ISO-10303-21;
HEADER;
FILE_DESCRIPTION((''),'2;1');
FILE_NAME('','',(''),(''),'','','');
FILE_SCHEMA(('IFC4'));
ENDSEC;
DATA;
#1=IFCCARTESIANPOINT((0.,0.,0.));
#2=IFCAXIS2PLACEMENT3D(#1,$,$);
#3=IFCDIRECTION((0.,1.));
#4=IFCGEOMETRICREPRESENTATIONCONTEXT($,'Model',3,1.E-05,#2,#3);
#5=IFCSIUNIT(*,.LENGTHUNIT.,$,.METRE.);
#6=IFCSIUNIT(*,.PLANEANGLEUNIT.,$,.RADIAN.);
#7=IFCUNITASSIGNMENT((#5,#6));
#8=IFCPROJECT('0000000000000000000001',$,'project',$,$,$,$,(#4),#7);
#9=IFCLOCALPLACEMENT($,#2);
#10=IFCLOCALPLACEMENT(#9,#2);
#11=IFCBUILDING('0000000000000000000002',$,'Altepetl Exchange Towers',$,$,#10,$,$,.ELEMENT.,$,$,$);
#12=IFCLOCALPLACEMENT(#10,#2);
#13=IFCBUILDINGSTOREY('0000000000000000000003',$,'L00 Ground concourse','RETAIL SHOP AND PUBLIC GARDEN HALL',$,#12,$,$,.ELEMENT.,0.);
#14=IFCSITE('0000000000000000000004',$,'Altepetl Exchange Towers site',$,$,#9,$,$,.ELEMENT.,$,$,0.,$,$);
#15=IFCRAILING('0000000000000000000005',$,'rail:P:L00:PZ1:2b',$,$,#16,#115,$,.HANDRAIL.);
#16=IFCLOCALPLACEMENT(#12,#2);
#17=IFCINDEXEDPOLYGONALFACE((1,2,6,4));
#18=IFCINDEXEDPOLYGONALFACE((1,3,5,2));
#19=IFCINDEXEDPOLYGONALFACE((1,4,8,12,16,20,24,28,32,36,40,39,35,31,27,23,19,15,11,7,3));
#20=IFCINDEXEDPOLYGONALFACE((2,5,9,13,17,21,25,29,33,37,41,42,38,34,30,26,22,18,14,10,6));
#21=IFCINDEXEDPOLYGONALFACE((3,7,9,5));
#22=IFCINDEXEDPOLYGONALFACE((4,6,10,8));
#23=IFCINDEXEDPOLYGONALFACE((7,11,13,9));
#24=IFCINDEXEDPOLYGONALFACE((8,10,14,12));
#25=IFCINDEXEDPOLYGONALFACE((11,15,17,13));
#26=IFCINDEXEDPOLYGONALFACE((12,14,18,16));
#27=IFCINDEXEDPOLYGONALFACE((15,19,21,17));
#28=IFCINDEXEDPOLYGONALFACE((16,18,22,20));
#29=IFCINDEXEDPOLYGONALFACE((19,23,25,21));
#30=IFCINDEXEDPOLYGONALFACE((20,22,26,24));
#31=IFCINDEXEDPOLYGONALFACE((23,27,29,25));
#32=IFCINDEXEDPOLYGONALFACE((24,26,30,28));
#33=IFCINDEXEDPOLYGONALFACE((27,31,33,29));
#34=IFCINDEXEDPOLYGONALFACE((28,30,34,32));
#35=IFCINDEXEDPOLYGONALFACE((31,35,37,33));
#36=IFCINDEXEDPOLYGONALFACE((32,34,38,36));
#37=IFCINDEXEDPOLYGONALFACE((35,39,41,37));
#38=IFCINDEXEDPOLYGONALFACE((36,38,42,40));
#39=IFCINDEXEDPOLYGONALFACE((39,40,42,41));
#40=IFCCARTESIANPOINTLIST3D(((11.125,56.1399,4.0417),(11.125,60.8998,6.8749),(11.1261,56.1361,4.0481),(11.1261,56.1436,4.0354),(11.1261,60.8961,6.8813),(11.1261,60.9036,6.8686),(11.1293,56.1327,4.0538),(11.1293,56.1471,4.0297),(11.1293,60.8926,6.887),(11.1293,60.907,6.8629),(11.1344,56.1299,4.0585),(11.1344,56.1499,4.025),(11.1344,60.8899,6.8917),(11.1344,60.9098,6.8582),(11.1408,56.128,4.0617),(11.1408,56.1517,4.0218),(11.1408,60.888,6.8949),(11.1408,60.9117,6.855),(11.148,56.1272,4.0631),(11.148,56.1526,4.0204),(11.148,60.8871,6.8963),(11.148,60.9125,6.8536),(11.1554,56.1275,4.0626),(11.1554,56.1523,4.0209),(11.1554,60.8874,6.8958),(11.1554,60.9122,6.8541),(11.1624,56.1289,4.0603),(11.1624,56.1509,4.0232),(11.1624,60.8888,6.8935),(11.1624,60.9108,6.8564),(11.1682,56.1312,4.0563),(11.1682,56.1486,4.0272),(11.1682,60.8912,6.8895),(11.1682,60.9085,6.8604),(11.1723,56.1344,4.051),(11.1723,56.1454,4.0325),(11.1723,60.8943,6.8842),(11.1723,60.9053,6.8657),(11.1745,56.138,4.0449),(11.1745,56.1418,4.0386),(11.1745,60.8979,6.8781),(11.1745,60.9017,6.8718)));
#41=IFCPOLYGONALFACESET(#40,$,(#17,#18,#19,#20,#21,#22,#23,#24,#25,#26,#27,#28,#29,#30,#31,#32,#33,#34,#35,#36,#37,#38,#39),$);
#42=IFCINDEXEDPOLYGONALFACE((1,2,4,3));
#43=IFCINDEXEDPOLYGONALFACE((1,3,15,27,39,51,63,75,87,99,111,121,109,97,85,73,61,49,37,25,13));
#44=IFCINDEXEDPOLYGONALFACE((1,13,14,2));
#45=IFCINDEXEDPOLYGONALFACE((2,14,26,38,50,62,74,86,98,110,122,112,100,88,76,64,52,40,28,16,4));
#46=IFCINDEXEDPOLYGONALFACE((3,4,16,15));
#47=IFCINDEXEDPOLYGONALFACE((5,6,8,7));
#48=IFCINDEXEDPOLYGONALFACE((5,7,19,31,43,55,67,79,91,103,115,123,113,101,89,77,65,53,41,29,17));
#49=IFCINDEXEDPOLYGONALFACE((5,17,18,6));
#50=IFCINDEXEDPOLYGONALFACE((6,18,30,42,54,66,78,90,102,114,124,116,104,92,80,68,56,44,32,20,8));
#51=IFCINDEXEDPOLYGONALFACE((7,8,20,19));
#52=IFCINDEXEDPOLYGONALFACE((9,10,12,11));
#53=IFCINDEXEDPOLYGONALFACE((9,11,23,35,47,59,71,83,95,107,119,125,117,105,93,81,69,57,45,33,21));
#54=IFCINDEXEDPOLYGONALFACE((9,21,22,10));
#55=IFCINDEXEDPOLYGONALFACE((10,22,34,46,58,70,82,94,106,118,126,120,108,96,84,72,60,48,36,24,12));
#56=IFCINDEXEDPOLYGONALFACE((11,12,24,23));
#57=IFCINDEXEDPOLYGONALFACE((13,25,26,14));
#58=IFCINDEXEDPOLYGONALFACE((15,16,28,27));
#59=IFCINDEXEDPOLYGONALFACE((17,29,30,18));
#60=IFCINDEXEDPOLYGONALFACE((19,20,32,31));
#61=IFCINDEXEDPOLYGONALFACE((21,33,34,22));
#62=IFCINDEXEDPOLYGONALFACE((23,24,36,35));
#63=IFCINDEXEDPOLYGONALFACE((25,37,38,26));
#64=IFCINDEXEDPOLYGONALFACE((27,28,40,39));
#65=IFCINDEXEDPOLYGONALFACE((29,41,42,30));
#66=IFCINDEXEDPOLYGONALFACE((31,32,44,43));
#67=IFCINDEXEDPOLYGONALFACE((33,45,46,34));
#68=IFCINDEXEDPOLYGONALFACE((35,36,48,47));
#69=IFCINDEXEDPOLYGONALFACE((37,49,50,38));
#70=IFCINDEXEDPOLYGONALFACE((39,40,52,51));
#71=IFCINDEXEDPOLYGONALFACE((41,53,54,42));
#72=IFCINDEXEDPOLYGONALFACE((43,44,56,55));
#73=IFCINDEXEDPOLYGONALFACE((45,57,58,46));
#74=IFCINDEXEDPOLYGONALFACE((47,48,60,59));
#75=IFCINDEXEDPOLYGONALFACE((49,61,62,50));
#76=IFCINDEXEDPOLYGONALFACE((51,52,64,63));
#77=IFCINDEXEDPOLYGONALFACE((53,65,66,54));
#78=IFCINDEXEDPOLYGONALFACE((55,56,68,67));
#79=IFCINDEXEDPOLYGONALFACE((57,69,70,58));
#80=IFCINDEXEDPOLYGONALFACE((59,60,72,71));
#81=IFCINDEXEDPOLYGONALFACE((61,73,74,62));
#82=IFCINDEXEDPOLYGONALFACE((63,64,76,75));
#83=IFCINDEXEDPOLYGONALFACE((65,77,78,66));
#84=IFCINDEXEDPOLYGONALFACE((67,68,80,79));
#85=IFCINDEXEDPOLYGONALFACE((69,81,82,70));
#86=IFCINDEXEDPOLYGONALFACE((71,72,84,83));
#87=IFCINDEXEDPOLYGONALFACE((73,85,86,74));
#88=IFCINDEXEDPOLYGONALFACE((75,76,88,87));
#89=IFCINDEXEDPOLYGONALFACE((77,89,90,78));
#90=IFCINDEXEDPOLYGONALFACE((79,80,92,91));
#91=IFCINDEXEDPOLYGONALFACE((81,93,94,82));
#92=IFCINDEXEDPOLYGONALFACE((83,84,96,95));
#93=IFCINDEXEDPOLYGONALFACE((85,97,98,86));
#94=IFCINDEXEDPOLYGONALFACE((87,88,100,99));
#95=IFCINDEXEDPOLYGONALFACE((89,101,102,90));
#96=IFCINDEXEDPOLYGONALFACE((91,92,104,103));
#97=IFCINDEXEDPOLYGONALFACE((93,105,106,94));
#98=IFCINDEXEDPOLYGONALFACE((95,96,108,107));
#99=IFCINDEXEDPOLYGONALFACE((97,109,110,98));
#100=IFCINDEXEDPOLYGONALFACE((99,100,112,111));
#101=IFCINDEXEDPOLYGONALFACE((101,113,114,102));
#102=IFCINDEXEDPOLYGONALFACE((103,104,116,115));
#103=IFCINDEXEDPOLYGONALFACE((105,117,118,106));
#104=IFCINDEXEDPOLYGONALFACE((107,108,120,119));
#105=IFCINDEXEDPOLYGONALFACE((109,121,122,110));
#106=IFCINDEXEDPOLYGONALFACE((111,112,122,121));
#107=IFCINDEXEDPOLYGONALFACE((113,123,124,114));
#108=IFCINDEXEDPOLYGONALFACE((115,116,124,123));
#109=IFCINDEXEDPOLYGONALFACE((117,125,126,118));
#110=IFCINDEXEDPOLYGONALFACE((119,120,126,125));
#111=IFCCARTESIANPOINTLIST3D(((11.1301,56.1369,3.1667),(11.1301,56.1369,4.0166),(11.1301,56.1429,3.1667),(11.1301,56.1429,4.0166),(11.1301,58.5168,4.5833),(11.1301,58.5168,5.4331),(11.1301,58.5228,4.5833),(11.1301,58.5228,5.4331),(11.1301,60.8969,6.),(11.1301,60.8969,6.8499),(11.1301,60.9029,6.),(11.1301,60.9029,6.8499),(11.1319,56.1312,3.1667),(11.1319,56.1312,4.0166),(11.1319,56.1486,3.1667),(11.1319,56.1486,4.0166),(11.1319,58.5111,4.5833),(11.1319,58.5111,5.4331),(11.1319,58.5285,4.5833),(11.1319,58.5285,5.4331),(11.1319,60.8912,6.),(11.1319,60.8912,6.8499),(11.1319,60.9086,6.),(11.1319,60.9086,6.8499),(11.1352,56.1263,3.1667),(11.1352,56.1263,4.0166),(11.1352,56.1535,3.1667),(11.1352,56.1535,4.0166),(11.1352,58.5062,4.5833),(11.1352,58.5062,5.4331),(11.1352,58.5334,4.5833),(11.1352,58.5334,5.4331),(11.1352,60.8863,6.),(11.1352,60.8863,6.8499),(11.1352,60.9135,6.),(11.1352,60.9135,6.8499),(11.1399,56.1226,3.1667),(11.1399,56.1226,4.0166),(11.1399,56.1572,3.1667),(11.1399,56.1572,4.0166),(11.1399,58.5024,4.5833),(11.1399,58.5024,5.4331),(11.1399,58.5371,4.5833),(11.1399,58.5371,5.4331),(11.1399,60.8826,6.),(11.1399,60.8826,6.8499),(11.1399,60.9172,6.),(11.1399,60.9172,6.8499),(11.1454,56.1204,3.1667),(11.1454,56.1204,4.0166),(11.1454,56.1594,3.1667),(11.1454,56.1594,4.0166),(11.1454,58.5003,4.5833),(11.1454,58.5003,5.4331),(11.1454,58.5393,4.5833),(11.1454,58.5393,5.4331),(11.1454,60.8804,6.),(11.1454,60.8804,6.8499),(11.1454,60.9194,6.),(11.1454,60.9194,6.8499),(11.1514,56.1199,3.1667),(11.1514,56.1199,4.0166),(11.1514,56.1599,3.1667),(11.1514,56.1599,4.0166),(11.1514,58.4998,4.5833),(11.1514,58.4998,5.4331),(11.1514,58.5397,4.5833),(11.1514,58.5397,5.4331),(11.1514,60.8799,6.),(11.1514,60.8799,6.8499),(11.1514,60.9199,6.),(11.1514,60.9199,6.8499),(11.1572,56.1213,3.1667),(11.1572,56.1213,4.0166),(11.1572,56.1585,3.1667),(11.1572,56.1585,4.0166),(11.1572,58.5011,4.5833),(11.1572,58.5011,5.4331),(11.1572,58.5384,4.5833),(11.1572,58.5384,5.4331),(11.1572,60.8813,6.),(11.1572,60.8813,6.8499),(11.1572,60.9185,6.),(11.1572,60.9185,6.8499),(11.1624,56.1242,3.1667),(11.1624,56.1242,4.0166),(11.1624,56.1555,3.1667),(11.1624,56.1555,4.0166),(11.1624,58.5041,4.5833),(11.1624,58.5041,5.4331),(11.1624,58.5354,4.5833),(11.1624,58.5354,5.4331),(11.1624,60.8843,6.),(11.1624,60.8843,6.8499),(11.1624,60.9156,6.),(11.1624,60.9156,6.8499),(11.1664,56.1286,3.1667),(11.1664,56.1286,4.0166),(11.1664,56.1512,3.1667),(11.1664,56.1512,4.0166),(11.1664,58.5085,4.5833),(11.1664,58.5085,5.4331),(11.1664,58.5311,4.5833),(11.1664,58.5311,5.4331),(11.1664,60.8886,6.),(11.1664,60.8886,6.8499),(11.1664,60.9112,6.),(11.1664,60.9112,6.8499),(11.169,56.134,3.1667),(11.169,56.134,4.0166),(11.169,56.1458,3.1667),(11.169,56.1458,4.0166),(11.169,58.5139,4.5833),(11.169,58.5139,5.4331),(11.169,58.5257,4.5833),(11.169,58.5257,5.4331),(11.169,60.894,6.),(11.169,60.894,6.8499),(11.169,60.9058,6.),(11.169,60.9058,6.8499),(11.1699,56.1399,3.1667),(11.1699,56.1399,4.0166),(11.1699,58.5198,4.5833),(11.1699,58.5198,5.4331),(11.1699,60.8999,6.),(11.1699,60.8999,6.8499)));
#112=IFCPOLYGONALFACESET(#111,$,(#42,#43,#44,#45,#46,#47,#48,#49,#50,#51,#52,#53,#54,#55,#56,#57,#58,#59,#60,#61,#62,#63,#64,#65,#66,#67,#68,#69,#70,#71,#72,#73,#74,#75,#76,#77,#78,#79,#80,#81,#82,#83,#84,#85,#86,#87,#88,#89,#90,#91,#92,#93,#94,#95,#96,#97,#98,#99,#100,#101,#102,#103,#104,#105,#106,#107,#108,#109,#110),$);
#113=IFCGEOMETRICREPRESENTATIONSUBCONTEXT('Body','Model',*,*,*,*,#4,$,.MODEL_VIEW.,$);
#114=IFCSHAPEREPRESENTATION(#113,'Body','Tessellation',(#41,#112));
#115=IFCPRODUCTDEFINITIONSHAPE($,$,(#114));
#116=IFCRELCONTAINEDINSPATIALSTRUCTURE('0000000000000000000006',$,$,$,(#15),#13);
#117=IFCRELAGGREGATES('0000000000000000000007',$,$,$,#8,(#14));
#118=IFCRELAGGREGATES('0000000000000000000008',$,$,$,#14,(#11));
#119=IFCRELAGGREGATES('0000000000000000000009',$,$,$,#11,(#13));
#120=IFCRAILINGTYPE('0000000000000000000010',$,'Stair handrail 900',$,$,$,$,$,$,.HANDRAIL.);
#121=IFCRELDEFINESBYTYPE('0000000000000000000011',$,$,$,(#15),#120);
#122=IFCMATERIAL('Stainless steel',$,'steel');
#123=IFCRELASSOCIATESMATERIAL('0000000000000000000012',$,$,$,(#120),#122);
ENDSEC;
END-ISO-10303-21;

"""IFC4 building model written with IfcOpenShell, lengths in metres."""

from ifc_helpers import new_model, si_unit, direction, frame, origin, origin_2d, place, context, subcontext, project, spatial, circle, extrude, source, transform, mapped, material, type_object, element, save


model = new_model("IFC4")

# Units and contexts
model_context = context("Model", 3, precision=1e-05, world=origin(), true_north=direction((0.0, 1.0)))
body_context = subcontext(model_context, "Body", "Model", "MODEL_VIEW")
ifc_project = project(units=[si_unit("LENGTHUNIT", "METRE"), si_unit("PLANEANGLEUNIT", "RADIAN")], contexts=[model_context])

# Site, building, storey
site_placement = place(None, origin())
site = spatial("IfcSite", under=ifc_project, at=site_placement, Name="Altepetl Exchange Towers site", CompositionType="ELEMENT", RefElevation=0.0)
building_placement = place(site_placement, origin())
building = spatial("IfcBuilding", under=site, at=building_placement, Name="Altepetl Exchange Towers", CompositionType="ELEMENT")
storey_placement = place(building_placement, origin())
storey = spatial("IfcBuildingStorey", under=building, at=storey_placement, Name="L00 Ground concourse", Description="RETAIL SHOP AND PUBLIC GARDEN HALL", CompositionType="ELEMENT", Elevation=0.0)

# Railing
ifc_material_1 = material(Name="Stainless steel", Category="steel")
railing_type_1 = type_object("IfcRailingType", Name="Stair handrail 900", PredefinedType="HANDRAIL", material=ifc_material_1)
shared_shape_1 = source(origin(), body_context, "Body", "SweptSolid", [
    extrude(circle(Radius=0.02, at=origin_2d()), origin(), (0.0, 0.0, 1.0), 0.8499),
])
railing_1_placement = place(storey_placement, frame((11.1499, 56.1399, 3.1667)))
element("IfcRailing", 1, at=railing_1_placement, inside=storey, type_object=railing_type_1, Name="rail:P:L00:PZ1:2b", PredefinedType="HANDRAIL", context=body_context, shape_type="SweptSolid", body=[
    extrude(circle(Radius=0.0249, at=origin_2d()), frame((0.0, 0.0, 0.875), z_axis=(0.0, 0.8593, 0.511472), x_axis=(-1.0, 0.0, 0.0)), (0.0, 0.0, 1.0), 5.5393),
    mapped(shared_shape_1, transform((0.0, 0.0, 0.0))),
    mapped(shared_shape_1, transform((0.0, 2.3799, 1.4165))),
    mapped(shared_shape_1, transform((0.0, 4.76, 2.8333))),
])

save(model, "model.ifc")
